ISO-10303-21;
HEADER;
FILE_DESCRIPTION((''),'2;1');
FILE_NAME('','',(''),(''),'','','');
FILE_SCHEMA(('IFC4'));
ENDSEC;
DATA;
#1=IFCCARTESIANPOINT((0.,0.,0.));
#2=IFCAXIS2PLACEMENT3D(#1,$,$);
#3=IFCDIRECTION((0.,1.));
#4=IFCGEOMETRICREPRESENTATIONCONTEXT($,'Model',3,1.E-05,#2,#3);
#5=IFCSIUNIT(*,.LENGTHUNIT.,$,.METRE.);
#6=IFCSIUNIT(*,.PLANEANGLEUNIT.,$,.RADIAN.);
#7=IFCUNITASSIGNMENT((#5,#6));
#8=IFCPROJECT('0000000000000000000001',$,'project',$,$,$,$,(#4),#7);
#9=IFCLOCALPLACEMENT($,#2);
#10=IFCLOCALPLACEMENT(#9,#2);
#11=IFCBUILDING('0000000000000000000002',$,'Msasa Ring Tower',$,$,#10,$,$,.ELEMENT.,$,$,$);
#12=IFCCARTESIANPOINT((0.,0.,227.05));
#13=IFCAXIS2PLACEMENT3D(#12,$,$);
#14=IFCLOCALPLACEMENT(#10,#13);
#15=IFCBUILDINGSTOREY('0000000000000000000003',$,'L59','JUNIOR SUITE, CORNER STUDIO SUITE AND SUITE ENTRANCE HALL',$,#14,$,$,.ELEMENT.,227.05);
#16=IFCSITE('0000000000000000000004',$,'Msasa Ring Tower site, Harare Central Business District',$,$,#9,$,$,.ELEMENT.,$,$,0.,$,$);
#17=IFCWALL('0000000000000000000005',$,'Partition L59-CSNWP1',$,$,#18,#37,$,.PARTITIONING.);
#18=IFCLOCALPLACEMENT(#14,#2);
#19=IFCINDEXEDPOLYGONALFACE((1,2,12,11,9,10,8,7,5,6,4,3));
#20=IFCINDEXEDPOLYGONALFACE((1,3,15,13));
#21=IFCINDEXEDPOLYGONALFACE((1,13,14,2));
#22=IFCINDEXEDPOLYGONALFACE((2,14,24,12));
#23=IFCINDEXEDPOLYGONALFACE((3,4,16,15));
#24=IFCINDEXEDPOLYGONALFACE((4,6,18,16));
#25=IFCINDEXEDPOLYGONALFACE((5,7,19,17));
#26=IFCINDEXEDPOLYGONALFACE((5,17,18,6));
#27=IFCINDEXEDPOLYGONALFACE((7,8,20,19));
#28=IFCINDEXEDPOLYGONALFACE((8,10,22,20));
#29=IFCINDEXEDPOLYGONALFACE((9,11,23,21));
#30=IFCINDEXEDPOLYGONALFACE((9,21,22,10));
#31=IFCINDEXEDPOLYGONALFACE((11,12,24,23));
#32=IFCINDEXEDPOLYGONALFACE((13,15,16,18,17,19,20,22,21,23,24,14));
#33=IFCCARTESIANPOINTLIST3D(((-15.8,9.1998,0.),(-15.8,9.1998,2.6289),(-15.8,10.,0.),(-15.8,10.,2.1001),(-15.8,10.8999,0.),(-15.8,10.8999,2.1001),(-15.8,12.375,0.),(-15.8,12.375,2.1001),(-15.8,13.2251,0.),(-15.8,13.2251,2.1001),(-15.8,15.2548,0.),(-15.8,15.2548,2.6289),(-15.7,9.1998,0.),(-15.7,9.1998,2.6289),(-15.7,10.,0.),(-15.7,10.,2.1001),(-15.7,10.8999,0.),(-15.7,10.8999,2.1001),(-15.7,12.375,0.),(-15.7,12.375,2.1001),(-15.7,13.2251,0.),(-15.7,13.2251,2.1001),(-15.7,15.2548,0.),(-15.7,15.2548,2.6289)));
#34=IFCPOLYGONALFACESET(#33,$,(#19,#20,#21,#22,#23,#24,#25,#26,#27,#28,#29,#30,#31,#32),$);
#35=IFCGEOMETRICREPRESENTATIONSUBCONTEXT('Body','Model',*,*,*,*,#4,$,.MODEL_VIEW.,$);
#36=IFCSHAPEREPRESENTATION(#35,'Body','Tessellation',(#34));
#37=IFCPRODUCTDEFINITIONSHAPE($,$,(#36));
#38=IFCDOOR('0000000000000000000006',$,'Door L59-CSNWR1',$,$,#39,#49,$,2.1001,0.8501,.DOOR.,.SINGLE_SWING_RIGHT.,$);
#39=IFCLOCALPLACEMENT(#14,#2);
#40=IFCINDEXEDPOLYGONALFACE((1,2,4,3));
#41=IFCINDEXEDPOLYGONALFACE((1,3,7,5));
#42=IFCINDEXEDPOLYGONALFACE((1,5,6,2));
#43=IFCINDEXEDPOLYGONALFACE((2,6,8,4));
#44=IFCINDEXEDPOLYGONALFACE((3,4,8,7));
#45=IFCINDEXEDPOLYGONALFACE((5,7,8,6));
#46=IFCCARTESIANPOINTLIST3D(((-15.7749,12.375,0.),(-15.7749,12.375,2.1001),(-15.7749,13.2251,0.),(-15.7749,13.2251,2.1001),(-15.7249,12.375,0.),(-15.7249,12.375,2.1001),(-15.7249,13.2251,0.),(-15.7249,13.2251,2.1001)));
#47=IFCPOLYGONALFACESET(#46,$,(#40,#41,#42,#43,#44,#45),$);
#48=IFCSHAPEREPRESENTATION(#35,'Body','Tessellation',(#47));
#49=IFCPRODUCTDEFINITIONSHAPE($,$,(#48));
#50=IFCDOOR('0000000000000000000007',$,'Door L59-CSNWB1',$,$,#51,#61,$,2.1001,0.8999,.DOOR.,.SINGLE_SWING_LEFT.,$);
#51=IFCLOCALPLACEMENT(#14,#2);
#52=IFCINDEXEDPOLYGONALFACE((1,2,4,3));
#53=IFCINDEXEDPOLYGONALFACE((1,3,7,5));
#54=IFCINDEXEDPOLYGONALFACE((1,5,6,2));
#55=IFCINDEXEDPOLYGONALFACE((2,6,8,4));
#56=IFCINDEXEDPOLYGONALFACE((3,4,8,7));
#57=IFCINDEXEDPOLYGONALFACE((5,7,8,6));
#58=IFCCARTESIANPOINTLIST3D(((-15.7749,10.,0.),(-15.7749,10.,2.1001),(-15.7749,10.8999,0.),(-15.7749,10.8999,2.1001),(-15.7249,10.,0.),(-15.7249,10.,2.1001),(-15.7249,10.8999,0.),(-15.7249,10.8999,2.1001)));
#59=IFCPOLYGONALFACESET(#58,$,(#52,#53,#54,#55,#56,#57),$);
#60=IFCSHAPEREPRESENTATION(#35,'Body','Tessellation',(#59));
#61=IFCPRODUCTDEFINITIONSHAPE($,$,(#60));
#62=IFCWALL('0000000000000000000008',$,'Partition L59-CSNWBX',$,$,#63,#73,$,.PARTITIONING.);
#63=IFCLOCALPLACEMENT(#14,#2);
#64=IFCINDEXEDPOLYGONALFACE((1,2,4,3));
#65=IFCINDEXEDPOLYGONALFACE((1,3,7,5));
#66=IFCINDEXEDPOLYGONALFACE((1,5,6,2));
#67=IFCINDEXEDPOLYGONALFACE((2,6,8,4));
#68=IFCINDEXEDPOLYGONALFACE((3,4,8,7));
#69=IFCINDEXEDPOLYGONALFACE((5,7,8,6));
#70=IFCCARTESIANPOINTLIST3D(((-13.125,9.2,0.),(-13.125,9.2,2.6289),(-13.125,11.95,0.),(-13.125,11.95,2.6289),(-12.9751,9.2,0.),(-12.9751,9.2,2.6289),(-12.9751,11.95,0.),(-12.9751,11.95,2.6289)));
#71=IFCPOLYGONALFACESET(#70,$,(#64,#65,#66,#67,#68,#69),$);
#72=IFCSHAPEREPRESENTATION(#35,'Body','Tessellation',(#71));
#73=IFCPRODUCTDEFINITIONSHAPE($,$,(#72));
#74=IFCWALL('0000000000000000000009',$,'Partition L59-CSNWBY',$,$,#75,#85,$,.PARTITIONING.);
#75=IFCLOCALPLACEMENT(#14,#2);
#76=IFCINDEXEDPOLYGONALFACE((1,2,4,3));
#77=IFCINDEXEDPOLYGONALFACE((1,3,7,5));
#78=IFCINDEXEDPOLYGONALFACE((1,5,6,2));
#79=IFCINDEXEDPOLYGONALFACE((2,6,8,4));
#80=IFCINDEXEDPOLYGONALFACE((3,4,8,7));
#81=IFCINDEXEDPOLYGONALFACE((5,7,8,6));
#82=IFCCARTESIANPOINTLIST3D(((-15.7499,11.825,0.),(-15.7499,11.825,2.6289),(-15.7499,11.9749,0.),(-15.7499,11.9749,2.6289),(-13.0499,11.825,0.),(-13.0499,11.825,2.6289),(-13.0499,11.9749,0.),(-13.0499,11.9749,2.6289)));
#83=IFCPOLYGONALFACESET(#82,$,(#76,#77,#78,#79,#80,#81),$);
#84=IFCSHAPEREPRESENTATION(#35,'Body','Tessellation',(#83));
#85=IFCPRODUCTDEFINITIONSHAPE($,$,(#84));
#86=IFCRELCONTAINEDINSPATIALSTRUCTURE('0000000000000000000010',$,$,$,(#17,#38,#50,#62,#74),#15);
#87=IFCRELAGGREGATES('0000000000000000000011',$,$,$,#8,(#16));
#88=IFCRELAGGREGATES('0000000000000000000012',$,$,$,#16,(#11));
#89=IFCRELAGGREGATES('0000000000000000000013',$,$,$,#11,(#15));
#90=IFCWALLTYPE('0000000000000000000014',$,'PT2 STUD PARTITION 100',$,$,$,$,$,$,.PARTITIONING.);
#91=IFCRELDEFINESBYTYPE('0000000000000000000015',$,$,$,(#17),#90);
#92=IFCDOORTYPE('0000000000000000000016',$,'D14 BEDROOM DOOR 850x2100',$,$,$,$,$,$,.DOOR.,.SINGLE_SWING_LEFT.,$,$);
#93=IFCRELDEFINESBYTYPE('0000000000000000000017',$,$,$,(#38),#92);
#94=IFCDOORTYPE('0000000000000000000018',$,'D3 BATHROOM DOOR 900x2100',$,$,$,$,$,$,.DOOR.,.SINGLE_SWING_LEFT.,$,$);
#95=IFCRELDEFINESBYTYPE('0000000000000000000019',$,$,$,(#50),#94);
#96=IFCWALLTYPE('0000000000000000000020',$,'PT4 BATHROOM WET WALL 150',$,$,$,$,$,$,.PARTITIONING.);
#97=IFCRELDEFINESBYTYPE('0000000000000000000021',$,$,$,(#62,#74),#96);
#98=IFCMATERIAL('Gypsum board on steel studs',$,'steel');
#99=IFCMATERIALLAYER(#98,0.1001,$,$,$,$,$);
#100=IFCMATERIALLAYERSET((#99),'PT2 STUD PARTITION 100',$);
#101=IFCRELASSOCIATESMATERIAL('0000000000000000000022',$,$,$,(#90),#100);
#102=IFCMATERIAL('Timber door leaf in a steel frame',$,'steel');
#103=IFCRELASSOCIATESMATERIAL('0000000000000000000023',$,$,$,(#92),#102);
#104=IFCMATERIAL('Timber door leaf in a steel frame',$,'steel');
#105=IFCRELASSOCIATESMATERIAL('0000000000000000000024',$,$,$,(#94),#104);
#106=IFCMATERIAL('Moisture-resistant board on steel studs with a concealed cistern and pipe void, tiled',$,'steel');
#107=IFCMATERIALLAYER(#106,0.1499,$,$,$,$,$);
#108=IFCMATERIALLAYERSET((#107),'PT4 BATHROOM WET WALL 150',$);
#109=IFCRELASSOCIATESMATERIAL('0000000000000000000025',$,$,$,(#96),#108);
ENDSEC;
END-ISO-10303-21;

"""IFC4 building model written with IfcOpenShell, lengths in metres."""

from ifc_helpers import new_model, si_unit, direction, frame, frame_2d, origin, place, context, subcontext, project, spatial, rectangle, extrude, material, layer, layer_set, type_object, element, fill, save


model = new_model("IFC4")

# Units and contexts
model_context = context("Model", 3, precision=1e-05, world=origin(), true_north=direction((0.0, 1.0)))
body_context = subcontext(model_context, "Body", "Model", "MODEL_VIEW")
ifc_project = project(units=[si_unit("LENGTHUNIT", "METRE"), si_unit("PLANEANGLEUNIT", "RADIAN")], contexts=[model_context])

# Site, building, storey
site_placement = place(None, origin())
site = spatial("IfcSite", under=ifc_project, at=site_placement, Name="Msasa Ring Tower site, Harare Central Business District", CompositionType="ELEMENT", RefElevation=0.0)
building_placement = place(site_placement, origin())
building = spatial("IfcBuilding", under=site, at=building_placement, Name="Msasa Ring Tower", CompositionType="ELEMENT")
storey_placement = place(building_placement, frame((0.0, 0.0, 227.05)))
storey = spatial("IfcBuildingStorey", under=building, at=storey_placement, Name="L59", Description="JUNIOR SUITE, CORNER STUDIO SUITE AND SUITE ENTRANCE HALL", CompositionType="ELEMENT", Elevation=227.05)

# Wall, openings, doors
ifc_material_1 = material(Name="Gypsum board on steel studs", Category="steel")
ifc_layer_1 = layer(ifc_material_1, 0.1001)
ifc_layer_set_1 = layer_set([ifc_layer_1], Name="PT2 STUD PARTITION 100")
wall_type_1 = type_object("IfcWallType", Name="PT2 STUD PARTITION 100", PredefinedType="PARTITIONING", material=ifc_layer_set_1)
wall_1_placement = place(storey_placement, frame((-15.75, 9.2, 0.0), z_axis=(0.0, 0.0, 1.0), x_axis=(0.0, 1.0, 0.0)))
wall_1 = element("IfcWall", 1, at=wall_1_placement, inside=storey, type_object=wall_type_1, Name="Partition L59-CSNWP1", PredefinedType="PARTITIONING", context=body_context, shape_type="SweptSolid", body=[
    extrude(rectangle(XDim=6.0549, YDim=0.1001, at=frame_2d((3.0273, 0.0))), origin(), (0.0, 0.0, 1.0), 2.6289),
])
opening_1_placement = place(wall_1_placement, frame((3.175, 0.0, 0.0)))
opening_1 = element("IfcOpeningElement", 2, at=opening_1_placement, cuts=wall_1, PredefinedType="OPENING", context=body_context, shape_type="SweptSolid", body=[
    extrude(rectangle(XDim=0.8501, YDim=2.1001, at=frame_2d((0.425, 1.05))), frame((0.0, 0.0601, 0.0), z_axis=(0.0, -1.0, 0.0), x_axis=(1.0, 0.0, 0.0)), (0.0, 0.0, 1.0), 0.1201),
])
opening_2_placement = place(wall_1_placement, frame((0.8, 0.0, 0.0)))
opening_2 = element("IfcOpeningElement", 3, at=opening_2_placement, cuts=wall_1, PredefinedType="OPENING", context=body_context, shape_type="SweptSolid", body=[
    extrude(rectangle(XDim=0.8999, YDim=2.1001, at=frame_2d((0.45, 1.05))), frame((0.0, 0.0601, 0.0), z_axis=(0.0, -1.0, 0.0), x_axis=(1.0, 0.0, 0.0)), (0.0, 0.0, 1.0), 0.1201),
])
ifc_material_2 = material(Name="Timber door leaf in a steel frame", Category="steel")
door_type_1 = type_object("IfcDoorType", Name="D14 BEDROOM DOOR 850x2100", OperationType="SINGLE_SWING_LEFT", PredefinedType="DOOR", material=ifc_material_2)
door_1_placement = place(opening_1_placement, origin())
door_1 = element("IfcDoor", 4, at=door_1_placement, inside=storey, type_object=door_type_1, Name="Door L59-CSNWR1", OperationType="SINGLE_SWING_RIGHT", OverallHeight=2.1001, OverallWidth=0.8501, PredefinedType="DOOR", context=body_context, shape_type="SweptSolid", body=[
    extrude(rectangle(XDim=0.8501, YDim=2.1001, at=frame_2d((0.425, 1.05))), frame((0.0, 0.0249, 0.0), z_axis=(0.0, -1.0, 0.0), x_axis=(1.0, 0.0, 0.0)), (0.0, 0.0, 1.0), 0.05),
])
fill(opening_1, door_1)
ifc_material_3 = material(Name="Timber door leaf in a steel frame", Category="steel")
door_type_2 = type_object("IfcDoorType", Name="D3 BATHROOM DOOR 900x2100", OperationType="SINGLE_SWING_LEFT", PredefinedType="DOOR", material=ifc_material_3)
door_2_placement = place(opening_2_placement, origin())
door_2 = element("IfcDoor", 5, at=door_2_placement, inside=storey, type_object=door_type_2, Name="Door L59-CSNWB1", OperationType="SINGLE_SWING_LEFT", OverallHeight=2.1001, OverallWidth=0.8999, PredefinedType="DOOR", context=body_context, shape_type="SweptSolid", body=[
    extrude(rectangle(XDim=0.8999, YDim=2.1001, at=frame_2d((0.45, 1.05))), frame((0.0, 0.0249, 0.0), z_axis=(0.0, -1.0, 0.0), x_axis=(1.0, 0.0, 0.0)), (0.0, 0.0, 1.0), 0.05),
])
fill(opening_2, door_2)

# Walls
ifc_material_4 = material(Name="Moisture-resistant board on steel studs with a concealed cistern and pipe void, tiled", Category="steel")
ifc_layer_2 = layer(ifc_material_4, 0.1499)
ifc_layer_set_2 = layer_set([ifc_layer_2], Name="PT4 BATHROOM WET WALL 150")
wall_type_2 = type_object("IfcWallType", Name="PT4 BATHROOM WET WALL 150", PredefinedType="PARTITIONING", material=ifc_layer_set_2)
wall_2_placement = place(storey_placement, frame((-13.05, 9.2, 0.0), z_axis=(0.0, 0.0, 1.0), x_axis=(0.0, 1.0, 0.0)))
element("IfcWall", 6, at=wall_2_placement, inside=storey, type_object=wall_type_2, Name="Partition L59-CSNWBX", PredefinedType="PARTITIONING", context=body_context, shape_type="SweptSolid", body=[
    extrude(rectangle(XDim=2.75, YDim=0.1499, at=frame_2d((1.375, 0.0))), origin(), (0.0, 0.0, 1.0), 2.6289),
])
wall_3_placement = place(storey_placement, frame((-15.75, 11.8999, 0.0), z_axis=(0.0, 0.0, 1.0), x_axis=(1.0, 0.0, 0.0)))
element("IfcWall", 7, at=wall_3_placement, inside=storey, type_object=wall_type_2, Name="Partition L59-CSNWBY", PredefinedType="PARTITIONING", context=body_context, shape_type="SweptSolid", body=[
    extrude(rectangle(XDim=2.7, YDim=0.1499, at=frame_2d((1.3501, 0.0))), origin(), (0.0, 0.0, 1.0), 2.6289),
])

save(model, "model.ifc")
